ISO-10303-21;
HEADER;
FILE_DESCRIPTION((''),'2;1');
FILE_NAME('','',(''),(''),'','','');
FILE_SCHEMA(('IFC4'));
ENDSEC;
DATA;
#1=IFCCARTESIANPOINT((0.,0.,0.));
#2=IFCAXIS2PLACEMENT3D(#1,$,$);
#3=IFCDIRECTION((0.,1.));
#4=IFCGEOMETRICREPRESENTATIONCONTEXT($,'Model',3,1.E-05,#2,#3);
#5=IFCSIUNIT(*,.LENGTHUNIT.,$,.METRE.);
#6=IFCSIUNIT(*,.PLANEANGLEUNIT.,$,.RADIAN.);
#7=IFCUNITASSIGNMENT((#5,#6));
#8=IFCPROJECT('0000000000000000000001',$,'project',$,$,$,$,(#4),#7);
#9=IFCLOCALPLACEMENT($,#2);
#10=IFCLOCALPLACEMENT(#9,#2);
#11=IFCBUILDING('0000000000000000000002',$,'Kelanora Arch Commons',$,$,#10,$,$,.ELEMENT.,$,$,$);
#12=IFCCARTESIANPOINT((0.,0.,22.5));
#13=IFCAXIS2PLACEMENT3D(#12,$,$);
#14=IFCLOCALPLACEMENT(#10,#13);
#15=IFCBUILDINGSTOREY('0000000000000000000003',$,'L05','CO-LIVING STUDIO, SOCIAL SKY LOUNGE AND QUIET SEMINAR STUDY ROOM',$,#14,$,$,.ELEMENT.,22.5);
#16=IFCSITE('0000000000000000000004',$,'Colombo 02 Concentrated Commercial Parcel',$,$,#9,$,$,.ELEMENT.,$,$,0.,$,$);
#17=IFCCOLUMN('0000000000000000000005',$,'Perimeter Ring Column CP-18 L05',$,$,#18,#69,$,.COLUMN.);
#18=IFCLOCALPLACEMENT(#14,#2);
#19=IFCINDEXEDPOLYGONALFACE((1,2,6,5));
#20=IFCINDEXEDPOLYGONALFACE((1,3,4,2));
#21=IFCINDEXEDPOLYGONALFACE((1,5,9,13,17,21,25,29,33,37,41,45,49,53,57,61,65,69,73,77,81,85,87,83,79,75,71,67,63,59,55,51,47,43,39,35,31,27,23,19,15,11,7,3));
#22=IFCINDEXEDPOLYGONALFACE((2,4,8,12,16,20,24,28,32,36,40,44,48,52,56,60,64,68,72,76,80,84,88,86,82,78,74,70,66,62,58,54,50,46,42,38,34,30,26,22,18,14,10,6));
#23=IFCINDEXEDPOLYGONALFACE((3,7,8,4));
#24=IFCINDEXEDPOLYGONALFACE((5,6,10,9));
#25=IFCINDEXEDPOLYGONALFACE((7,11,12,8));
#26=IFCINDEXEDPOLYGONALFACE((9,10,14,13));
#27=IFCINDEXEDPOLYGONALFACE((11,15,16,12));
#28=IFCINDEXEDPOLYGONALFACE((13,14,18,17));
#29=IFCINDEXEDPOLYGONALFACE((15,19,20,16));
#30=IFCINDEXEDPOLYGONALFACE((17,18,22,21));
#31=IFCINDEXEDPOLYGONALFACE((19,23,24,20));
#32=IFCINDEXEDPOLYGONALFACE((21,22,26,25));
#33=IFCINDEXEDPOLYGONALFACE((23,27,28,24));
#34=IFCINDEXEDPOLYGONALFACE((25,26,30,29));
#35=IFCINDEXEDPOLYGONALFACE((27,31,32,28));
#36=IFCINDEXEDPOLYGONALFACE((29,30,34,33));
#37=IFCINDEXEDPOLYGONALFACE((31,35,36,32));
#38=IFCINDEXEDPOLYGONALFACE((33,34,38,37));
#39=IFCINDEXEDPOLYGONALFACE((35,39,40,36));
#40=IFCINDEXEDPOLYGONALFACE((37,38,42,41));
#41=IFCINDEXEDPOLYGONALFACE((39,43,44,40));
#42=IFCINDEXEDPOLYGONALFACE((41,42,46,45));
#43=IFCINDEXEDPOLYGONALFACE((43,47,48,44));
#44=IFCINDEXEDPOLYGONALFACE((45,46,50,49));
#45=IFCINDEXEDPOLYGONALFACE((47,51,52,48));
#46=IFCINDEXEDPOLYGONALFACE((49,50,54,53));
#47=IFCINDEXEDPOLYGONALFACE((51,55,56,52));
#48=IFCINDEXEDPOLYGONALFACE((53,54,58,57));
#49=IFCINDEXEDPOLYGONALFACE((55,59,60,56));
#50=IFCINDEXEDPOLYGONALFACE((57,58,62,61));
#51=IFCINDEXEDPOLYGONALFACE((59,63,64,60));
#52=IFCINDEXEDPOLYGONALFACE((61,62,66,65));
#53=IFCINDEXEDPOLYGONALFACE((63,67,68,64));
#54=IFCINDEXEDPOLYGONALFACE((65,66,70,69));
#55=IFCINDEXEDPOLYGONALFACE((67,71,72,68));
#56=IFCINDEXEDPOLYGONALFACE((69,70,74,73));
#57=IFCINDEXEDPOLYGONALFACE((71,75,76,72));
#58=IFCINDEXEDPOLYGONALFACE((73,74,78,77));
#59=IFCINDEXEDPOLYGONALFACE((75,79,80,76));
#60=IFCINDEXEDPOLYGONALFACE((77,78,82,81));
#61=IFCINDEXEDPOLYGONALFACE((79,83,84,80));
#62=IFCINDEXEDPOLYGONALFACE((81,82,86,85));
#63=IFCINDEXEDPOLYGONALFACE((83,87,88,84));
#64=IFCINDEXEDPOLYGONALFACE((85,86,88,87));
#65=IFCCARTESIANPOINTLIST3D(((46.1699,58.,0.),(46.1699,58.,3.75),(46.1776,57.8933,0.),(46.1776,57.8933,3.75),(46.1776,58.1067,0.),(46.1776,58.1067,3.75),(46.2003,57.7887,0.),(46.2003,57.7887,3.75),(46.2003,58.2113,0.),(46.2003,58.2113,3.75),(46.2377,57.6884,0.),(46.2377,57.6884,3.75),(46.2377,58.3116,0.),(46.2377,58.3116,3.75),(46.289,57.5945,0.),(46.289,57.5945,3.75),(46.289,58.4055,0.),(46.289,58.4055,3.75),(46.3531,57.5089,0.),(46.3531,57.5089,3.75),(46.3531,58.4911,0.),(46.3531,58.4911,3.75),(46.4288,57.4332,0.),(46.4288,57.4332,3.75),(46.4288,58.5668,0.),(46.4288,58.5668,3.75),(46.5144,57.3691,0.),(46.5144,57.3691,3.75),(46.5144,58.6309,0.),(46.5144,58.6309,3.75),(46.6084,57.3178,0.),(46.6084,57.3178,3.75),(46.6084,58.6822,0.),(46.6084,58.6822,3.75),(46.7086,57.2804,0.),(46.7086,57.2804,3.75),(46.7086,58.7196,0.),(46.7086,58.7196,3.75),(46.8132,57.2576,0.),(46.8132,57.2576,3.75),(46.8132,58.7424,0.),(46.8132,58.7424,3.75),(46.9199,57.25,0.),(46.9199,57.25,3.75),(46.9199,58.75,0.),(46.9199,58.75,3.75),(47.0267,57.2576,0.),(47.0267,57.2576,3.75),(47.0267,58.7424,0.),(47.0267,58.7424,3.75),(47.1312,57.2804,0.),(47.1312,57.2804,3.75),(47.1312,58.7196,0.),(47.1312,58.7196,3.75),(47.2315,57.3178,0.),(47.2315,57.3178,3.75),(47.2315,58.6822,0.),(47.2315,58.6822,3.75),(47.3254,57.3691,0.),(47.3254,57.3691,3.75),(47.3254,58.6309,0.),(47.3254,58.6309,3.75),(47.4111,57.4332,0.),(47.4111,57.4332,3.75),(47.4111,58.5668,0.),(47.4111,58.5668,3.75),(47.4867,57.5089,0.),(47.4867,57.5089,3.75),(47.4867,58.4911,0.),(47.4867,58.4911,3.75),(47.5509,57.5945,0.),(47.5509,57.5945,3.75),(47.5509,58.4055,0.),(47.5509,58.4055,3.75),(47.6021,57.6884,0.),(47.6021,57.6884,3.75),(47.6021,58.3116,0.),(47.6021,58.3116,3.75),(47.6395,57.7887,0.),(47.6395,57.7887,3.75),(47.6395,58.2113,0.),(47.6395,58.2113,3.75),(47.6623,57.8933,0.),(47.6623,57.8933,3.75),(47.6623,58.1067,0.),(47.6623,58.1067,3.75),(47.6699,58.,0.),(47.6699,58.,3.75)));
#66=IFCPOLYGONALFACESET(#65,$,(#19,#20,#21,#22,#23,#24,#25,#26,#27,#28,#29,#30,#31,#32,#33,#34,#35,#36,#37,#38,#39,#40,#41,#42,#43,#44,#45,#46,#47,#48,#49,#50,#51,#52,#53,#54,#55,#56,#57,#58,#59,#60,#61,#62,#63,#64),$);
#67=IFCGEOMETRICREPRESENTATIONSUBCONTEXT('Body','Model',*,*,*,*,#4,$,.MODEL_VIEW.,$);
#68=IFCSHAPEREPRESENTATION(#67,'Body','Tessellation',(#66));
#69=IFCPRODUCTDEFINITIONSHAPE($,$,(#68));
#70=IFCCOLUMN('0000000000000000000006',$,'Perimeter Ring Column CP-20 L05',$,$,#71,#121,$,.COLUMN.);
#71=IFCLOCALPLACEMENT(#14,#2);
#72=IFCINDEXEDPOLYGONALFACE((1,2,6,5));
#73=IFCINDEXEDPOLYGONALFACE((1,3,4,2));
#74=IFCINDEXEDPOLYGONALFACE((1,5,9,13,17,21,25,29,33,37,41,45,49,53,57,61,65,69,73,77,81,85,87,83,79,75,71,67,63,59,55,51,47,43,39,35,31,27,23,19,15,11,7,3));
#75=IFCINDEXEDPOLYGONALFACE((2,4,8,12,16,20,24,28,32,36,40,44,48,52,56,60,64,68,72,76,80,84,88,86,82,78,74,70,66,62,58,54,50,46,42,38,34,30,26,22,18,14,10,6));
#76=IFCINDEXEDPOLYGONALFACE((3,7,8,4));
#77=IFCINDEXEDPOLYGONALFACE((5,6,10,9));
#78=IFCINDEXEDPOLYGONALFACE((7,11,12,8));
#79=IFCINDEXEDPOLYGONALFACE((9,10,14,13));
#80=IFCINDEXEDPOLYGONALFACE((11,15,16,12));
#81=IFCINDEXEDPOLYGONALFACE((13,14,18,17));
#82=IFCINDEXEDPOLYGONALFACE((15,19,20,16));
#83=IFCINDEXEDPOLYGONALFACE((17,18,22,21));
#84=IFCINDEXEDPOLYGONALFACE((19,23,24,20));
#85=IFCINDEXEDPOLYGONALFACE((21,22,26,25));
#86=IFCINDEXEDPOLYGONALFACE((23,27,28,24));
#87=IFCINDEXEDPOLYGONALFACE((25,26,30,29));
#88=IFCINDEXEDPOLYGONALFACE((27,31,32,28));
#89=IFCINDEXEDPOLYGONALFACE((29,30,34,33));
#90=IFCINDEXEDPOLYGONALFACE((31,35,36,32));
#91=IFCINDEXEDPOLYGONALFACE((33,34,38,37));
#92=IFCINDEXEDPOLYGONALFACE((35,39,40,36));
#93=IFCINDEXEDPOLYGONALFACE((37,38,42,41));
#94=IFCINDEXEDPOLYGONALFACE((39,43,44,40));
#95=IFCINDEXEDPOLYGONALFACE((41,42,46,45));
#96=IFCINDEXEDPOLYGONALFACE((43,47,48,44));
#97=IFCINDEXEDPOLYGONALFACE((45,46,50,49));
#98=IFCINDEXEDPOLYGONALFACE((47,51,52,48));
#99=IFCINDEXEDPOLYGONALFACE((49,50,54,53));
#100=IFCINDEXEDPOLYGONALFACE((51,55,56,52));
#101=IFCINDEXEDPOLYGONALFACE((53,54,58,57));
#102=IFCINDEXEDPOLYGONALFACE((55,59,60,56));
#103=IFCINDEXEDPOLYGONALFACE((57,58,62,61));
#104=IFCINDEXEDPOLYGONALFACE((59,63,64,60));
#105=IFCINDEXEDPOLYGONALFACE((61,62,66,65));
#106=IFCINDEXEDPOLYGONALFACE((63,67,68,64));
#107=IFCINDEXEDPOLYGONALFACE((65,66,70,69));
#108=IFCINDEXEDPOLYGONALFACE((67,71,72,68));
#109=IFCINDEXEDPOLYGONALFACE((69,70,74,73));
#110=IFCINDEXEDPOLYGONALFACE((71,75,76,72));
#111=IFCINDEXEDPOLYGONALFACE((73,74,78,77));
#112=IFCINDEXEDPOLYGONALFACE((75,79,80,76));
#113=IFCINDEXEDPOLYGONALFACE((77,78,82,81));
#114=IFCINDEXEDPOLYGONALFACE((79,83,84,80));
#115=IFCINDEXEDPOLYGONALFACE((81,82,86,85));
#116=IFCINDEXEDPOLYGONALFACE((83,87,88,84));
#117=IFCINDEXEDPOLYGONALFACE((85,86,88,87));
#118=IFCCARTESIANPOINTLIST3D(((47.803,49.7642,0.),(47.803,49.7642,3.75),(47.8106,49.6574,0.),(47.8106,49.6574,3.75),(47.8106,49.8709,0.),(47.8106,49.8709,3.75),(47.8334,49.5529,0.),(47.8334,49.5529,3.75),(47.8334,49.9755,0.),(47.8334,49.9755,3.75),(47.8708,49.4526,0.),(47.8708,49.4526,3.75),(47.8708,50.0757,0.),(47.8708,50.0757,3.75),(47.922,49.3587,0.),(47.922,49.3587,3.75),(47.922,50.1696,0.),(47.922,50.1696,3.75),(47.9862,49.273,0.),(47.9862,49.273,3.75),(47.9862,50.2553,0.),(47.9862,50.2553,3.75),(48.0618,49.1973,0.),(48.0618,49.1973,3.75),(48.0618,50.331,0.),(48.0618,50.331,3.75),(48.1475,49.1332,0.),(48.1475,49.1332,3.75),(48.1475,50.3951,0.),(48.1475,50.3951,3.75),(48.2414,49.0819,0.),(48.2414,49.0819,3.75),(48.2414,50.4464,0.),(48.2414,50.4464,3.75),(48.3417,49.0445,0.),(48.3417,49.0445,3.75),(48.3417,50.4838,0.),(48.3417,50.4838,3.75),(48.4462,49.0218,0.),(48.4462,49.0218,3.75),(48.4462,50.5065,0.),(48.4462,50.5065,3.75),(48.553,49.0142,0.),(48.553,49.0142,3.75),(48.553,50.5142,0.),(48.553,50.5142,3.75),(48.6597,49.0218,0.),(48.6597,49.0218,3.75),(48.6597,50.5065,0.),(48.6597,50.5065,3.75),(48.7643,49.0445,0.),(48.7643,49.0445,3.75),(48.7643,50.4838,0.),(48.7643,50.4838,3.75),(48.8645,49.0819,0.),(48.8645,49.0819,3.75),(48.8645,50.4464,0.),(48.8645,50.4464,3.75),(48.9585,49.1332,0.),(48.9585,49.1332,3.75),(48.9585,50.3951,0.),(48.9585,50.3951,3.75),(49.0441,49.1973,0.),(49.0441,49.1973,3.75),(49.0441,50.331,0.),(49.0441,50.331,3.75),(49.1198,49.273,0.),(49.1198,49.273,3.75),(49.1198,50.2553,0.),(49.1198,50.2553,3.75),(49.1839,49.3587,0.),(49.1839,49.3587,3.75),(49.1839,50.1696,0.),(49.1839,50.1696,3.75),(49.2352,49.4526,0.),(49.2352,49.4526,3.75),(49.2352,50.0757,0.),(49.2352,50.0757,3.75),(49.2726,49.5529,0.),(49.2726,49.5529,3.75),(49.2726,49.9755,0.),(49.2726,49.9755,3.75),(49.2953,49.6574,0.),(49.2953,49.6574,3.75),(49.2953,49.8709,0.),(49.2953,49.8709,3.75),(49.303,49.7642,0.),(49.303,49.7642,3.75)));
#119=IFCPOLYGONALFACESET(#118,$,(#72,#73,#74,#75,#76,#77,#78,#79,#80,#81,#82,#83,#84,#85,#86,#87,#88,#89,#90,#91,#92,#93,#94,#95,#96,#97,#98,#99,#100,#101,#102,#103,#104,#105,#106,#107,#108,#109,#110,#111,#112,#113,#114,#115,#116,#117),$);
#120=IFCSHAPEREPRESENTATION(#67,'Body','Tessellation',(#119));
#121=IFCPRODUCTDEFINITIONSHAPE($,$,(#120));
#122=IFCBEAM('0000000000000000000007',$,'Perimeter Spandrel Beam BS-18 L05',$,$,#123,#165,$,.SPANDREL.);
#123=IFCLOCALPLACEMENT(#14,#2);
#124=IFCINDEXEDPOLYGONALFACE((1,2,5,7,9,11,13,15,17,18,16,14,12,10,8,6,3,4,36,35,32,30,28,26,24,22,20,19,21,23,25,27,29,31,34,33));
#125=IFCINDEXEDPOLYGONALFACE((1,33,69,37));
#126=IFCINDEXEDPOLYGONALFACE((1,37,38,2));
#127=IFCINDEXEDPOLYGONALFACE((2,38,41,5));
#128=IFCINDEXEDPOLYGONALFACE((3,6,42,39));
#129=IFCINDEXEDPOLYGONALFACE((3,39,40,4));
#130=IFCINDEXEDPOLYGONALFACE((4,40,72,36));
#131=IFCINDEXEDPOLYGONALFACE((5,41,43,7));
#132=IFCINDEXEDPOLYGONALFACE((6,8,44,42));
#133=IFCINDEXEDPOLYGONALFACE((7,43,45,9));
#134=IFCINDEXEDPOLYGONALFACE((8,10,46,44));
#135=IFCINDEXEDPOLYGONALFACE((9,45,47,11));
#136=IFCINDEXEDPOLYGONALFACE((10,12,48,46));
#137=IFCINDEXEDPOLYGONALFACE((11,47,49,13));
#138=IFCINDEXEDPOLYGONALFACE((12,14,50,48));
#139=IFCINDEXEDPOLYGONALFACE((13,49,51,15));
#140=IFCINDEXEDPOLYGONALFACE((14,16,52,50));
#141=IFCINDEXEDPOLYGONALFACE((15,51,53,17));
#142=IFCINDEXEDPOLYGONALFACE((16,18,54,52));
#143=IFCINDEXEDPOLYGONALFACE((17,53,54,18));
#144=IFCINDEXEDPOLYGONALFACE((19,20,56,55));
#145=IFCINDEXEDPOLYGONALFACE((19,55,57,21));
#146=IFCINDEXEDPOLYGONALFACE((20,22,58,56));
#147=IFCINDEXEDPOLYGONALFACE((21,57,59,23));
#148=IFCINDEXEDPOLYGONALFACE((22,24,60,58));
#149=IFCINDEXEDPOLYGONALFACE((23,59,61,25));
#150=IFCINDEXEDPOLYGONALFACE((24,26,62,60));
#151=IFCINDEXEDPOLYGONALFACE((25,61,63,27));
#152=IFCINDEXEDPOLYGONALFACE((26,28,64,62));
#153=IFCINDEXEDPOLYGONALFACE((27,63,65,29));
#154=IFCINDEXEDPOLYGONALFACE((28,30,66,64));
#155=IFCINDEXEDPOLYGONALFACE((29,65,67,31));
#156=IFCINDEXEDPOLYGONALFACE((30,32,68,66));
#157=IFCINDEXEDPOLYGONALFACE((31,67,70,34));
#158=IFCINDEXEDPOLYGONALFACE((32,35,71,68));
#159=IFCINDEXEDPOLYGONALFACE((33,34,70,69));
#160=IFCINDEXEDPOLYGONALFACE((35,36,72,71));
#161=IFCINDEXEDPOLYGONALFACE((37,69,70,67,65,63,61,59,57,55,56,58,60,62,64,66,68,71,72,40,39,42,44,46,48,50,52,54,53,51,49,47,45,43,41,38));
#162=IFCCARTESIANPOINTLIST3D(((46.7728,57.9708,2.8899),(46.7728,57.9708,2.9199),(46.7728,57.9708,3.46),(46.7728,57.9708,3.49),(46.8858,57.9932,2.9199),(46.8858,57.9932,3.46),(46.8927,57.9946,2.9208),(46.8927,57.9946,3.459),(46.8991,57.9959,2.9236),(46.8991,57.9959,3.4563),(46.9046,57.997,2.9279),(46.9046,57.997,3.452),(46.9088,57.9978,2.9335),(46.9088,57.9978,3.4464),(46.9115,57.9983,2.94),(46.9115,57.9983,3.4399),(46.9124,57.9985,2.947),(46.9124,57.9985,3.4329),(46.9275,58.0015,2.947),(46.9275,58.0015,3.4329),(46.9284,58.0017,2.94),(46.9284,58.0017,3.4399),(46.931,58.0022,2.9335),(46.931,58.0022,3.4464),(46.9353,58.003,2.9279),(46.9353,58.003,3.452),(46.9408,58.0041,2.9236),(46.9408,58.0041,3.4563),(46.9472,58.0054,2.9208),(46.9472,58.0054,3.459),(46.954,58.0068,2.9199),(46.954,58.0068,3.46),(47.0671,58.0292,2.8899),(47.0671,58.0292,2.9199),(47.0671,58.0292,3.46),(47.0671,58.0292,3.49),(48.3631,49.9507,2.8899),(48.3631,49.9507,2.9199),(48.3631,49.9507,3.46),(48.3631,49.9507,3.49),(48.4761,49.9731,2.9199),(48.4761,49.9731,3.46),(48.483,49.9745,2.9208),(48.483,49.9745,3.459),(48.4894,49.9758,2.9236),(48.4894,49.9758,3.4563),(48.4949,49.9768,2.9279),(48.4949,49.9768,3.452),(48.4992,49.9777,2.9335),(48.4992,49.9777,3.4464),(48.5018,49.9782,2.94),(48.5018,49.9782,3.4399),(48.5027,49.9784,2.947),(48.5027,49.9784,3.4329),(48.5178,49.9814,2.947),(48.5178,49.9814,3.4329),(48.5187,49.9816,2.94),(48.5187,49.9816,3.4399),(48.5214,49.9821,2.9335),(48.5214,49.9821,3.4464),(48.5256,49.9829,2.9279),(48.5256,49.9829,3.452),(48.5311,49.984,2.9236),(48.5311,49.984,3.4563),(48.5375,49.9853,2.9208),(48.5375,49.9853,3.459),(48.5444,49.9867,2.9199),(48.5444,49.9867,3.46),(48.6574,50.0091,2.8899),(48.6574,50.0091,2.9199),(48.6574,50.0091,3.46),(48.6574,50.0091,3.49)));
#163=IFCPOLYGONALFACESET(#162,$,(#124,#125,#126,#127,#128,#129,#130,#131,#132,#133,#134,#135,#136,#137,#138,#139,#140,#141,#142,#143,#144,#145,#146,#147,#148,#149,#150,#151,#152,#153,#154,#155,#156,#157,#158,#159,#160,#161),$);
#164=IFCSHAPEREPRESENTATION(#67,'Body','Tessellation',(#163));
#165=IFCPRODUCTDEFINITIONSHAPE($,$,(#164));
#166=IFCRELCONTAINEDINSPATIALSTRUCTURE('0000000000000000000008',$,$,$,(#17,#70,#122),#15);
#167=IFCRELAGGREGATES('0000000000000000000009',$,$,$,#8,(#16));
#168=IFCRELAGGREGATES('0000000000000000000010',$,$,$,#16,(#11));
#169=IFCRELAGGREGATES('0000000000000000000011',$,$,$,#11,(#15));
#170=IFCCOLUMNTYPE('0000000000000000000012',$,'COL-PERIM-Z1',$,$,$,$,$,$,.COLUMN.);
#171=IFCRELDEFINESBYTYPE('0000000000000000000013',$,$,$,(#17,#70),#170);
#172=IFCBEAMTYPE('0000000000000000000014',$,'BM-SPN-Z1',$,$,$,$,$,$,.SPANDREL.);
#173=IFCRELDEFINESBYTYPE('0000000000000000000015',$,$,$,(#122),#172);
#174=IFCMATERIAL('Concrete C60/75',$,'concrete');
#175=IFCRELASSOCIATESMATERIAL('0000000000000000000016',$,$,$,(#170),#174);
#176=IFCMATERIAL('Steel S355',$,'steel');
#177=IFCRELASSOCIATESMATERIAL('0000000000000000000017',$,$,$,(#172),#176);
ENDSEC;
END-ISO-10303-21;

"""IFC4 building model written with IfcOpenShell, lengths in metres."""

from ifc_helpers import new_model, si_unit, direction, frame, origin, origin_2d, place, context, subcontext, project, spatial, circle, i_section, extrude, material, material_profile, profile_set, type_object, element, save


model = new_model("IFC4")

# Units and contexts
model_context = context("Model", 3, precision=1e-05, world=origin(), true_north=direction((0.0, 1.0)))
body_context = subcontext(model_context, "Body", "Model", "MODEL_VIEW")
ifc_project = project(units=[si_unit("LENGTHUNIT", "METRE"), si_unit("PLANEANGLEUNIT", "RADIAN")], contexts=[model_context])

# Site, building, storey
site_placement = place(None, origin())
site = spatial("IfcSite", under=ifc_project, at=site_placement, Name="Colombo 02 Concentrated Commercial Parcel", CompositionType="ELEMENT", RefElevation=0.0)
building_placement = place(site_placement, origin())
building = spatial("IfcBuilding", under=site, at=building_placement, Name="Kelanora Arch Commons", CompositionType="ELEMENT")
storey_placement = place(building_placement, frame((0.0, 0.0, 22.5)))
storey = spatial("IfcBuildingStorey", under=building, at=storey_placement, Name="L05", Description="CO-LIVING STUDIO, SOCIAL SKY LOUNGE AND QUIET SEMINAR STUDY ROOM", CompositionType="ELEMENT", Elevation=22.5)

# Columns
ifc_material_1 = material(Name="Concrete C60/75", Category="concrete")
ifc_material_profile_1 = material_profile(ifc_material_1, circle(Radius=0.75, at=origin_2d()), Name="RCC1500")
ifc_profile_set_1 = profile_set([ifc_material_profile_1], Name="Concrete C60/75")
column_type = type_object("IfcColumnType", Name="COL-PERIM-Z1", PredefinedType="COLUMN", material=ifc_profile_set_1)
for number, where, z_axis, x_axis, name in (
    (1, (46.9199, 58.0, 0.0), (0.0, 0.0, 1.0), (1.0, 0.0, 0.0), "Perimeter Ring Column CP-18 L05"),
    (2, (48.553, 49.7642, 0.0), (0.0, 0.0, 1.0), (1.0, 0.0, 0.0), "Perimeter Ring Column CP-20 L05"),
):
    element("IfcColumn", number, at=place(storey_placement, frame(where, z_axis=z_axis, x_axis=x_axis)), inside=storey, type_object=column_type, Name=name, PredefinedType="COLUMN", context=body_context, shape_type="SweptSolid", body=[
        extrude(circle(Radius=0.75, at=origin_2d()), origin(), (0.0, 0.0, 1.0), 3.75),
    ])

# Beam
ifc_material_2 = material(Name="Steel S355", Category="steel")
ifc_material_profile_2 = material_profile(ifc_material_2, i_section(OverallWidth=0.3, OverallDepth=0.6001, WebThickness=0.0154, FlangeThickness=0.03, FilletRadius=0.0271, at=origin_2d()), Name="HEB600")
ifc_profile_set_2 = profile_set([ifc_material_profile_2], Name="Steel S355")
beam_type = type_object("IfcBeamType", Name="BM-SPN-Z1", PredefinedType="SPANDREL", material=ifc_profile_set_2)
beam_1_placement = place(storey_placement, frame((46.9199, 58.0, 3.1899), z_axis=(0.194508, -0.980901, 0.0), x_axis=(0.980901, 0.194508, 0.0)))
element("IfcBeam", 3, at=beam_1_placement, inside=storey, type_object=beam_type, Name="Perimeter Spandrel Beam BS-18 L05", PredefinedType="SPANDREL", context=body_context, shape_type="SweptSolid", body=[
    extrude(i_section(OverallWidth=0.3, OverallDepth=0.6001, WebThickness=0.0154, FlangeThickness=0.03, FilletRadius=0.0271, at=origin_2d()), origin(), (0.0, 0.0, 1.0), 8.1763),
])

save(model, "model.ifc")
